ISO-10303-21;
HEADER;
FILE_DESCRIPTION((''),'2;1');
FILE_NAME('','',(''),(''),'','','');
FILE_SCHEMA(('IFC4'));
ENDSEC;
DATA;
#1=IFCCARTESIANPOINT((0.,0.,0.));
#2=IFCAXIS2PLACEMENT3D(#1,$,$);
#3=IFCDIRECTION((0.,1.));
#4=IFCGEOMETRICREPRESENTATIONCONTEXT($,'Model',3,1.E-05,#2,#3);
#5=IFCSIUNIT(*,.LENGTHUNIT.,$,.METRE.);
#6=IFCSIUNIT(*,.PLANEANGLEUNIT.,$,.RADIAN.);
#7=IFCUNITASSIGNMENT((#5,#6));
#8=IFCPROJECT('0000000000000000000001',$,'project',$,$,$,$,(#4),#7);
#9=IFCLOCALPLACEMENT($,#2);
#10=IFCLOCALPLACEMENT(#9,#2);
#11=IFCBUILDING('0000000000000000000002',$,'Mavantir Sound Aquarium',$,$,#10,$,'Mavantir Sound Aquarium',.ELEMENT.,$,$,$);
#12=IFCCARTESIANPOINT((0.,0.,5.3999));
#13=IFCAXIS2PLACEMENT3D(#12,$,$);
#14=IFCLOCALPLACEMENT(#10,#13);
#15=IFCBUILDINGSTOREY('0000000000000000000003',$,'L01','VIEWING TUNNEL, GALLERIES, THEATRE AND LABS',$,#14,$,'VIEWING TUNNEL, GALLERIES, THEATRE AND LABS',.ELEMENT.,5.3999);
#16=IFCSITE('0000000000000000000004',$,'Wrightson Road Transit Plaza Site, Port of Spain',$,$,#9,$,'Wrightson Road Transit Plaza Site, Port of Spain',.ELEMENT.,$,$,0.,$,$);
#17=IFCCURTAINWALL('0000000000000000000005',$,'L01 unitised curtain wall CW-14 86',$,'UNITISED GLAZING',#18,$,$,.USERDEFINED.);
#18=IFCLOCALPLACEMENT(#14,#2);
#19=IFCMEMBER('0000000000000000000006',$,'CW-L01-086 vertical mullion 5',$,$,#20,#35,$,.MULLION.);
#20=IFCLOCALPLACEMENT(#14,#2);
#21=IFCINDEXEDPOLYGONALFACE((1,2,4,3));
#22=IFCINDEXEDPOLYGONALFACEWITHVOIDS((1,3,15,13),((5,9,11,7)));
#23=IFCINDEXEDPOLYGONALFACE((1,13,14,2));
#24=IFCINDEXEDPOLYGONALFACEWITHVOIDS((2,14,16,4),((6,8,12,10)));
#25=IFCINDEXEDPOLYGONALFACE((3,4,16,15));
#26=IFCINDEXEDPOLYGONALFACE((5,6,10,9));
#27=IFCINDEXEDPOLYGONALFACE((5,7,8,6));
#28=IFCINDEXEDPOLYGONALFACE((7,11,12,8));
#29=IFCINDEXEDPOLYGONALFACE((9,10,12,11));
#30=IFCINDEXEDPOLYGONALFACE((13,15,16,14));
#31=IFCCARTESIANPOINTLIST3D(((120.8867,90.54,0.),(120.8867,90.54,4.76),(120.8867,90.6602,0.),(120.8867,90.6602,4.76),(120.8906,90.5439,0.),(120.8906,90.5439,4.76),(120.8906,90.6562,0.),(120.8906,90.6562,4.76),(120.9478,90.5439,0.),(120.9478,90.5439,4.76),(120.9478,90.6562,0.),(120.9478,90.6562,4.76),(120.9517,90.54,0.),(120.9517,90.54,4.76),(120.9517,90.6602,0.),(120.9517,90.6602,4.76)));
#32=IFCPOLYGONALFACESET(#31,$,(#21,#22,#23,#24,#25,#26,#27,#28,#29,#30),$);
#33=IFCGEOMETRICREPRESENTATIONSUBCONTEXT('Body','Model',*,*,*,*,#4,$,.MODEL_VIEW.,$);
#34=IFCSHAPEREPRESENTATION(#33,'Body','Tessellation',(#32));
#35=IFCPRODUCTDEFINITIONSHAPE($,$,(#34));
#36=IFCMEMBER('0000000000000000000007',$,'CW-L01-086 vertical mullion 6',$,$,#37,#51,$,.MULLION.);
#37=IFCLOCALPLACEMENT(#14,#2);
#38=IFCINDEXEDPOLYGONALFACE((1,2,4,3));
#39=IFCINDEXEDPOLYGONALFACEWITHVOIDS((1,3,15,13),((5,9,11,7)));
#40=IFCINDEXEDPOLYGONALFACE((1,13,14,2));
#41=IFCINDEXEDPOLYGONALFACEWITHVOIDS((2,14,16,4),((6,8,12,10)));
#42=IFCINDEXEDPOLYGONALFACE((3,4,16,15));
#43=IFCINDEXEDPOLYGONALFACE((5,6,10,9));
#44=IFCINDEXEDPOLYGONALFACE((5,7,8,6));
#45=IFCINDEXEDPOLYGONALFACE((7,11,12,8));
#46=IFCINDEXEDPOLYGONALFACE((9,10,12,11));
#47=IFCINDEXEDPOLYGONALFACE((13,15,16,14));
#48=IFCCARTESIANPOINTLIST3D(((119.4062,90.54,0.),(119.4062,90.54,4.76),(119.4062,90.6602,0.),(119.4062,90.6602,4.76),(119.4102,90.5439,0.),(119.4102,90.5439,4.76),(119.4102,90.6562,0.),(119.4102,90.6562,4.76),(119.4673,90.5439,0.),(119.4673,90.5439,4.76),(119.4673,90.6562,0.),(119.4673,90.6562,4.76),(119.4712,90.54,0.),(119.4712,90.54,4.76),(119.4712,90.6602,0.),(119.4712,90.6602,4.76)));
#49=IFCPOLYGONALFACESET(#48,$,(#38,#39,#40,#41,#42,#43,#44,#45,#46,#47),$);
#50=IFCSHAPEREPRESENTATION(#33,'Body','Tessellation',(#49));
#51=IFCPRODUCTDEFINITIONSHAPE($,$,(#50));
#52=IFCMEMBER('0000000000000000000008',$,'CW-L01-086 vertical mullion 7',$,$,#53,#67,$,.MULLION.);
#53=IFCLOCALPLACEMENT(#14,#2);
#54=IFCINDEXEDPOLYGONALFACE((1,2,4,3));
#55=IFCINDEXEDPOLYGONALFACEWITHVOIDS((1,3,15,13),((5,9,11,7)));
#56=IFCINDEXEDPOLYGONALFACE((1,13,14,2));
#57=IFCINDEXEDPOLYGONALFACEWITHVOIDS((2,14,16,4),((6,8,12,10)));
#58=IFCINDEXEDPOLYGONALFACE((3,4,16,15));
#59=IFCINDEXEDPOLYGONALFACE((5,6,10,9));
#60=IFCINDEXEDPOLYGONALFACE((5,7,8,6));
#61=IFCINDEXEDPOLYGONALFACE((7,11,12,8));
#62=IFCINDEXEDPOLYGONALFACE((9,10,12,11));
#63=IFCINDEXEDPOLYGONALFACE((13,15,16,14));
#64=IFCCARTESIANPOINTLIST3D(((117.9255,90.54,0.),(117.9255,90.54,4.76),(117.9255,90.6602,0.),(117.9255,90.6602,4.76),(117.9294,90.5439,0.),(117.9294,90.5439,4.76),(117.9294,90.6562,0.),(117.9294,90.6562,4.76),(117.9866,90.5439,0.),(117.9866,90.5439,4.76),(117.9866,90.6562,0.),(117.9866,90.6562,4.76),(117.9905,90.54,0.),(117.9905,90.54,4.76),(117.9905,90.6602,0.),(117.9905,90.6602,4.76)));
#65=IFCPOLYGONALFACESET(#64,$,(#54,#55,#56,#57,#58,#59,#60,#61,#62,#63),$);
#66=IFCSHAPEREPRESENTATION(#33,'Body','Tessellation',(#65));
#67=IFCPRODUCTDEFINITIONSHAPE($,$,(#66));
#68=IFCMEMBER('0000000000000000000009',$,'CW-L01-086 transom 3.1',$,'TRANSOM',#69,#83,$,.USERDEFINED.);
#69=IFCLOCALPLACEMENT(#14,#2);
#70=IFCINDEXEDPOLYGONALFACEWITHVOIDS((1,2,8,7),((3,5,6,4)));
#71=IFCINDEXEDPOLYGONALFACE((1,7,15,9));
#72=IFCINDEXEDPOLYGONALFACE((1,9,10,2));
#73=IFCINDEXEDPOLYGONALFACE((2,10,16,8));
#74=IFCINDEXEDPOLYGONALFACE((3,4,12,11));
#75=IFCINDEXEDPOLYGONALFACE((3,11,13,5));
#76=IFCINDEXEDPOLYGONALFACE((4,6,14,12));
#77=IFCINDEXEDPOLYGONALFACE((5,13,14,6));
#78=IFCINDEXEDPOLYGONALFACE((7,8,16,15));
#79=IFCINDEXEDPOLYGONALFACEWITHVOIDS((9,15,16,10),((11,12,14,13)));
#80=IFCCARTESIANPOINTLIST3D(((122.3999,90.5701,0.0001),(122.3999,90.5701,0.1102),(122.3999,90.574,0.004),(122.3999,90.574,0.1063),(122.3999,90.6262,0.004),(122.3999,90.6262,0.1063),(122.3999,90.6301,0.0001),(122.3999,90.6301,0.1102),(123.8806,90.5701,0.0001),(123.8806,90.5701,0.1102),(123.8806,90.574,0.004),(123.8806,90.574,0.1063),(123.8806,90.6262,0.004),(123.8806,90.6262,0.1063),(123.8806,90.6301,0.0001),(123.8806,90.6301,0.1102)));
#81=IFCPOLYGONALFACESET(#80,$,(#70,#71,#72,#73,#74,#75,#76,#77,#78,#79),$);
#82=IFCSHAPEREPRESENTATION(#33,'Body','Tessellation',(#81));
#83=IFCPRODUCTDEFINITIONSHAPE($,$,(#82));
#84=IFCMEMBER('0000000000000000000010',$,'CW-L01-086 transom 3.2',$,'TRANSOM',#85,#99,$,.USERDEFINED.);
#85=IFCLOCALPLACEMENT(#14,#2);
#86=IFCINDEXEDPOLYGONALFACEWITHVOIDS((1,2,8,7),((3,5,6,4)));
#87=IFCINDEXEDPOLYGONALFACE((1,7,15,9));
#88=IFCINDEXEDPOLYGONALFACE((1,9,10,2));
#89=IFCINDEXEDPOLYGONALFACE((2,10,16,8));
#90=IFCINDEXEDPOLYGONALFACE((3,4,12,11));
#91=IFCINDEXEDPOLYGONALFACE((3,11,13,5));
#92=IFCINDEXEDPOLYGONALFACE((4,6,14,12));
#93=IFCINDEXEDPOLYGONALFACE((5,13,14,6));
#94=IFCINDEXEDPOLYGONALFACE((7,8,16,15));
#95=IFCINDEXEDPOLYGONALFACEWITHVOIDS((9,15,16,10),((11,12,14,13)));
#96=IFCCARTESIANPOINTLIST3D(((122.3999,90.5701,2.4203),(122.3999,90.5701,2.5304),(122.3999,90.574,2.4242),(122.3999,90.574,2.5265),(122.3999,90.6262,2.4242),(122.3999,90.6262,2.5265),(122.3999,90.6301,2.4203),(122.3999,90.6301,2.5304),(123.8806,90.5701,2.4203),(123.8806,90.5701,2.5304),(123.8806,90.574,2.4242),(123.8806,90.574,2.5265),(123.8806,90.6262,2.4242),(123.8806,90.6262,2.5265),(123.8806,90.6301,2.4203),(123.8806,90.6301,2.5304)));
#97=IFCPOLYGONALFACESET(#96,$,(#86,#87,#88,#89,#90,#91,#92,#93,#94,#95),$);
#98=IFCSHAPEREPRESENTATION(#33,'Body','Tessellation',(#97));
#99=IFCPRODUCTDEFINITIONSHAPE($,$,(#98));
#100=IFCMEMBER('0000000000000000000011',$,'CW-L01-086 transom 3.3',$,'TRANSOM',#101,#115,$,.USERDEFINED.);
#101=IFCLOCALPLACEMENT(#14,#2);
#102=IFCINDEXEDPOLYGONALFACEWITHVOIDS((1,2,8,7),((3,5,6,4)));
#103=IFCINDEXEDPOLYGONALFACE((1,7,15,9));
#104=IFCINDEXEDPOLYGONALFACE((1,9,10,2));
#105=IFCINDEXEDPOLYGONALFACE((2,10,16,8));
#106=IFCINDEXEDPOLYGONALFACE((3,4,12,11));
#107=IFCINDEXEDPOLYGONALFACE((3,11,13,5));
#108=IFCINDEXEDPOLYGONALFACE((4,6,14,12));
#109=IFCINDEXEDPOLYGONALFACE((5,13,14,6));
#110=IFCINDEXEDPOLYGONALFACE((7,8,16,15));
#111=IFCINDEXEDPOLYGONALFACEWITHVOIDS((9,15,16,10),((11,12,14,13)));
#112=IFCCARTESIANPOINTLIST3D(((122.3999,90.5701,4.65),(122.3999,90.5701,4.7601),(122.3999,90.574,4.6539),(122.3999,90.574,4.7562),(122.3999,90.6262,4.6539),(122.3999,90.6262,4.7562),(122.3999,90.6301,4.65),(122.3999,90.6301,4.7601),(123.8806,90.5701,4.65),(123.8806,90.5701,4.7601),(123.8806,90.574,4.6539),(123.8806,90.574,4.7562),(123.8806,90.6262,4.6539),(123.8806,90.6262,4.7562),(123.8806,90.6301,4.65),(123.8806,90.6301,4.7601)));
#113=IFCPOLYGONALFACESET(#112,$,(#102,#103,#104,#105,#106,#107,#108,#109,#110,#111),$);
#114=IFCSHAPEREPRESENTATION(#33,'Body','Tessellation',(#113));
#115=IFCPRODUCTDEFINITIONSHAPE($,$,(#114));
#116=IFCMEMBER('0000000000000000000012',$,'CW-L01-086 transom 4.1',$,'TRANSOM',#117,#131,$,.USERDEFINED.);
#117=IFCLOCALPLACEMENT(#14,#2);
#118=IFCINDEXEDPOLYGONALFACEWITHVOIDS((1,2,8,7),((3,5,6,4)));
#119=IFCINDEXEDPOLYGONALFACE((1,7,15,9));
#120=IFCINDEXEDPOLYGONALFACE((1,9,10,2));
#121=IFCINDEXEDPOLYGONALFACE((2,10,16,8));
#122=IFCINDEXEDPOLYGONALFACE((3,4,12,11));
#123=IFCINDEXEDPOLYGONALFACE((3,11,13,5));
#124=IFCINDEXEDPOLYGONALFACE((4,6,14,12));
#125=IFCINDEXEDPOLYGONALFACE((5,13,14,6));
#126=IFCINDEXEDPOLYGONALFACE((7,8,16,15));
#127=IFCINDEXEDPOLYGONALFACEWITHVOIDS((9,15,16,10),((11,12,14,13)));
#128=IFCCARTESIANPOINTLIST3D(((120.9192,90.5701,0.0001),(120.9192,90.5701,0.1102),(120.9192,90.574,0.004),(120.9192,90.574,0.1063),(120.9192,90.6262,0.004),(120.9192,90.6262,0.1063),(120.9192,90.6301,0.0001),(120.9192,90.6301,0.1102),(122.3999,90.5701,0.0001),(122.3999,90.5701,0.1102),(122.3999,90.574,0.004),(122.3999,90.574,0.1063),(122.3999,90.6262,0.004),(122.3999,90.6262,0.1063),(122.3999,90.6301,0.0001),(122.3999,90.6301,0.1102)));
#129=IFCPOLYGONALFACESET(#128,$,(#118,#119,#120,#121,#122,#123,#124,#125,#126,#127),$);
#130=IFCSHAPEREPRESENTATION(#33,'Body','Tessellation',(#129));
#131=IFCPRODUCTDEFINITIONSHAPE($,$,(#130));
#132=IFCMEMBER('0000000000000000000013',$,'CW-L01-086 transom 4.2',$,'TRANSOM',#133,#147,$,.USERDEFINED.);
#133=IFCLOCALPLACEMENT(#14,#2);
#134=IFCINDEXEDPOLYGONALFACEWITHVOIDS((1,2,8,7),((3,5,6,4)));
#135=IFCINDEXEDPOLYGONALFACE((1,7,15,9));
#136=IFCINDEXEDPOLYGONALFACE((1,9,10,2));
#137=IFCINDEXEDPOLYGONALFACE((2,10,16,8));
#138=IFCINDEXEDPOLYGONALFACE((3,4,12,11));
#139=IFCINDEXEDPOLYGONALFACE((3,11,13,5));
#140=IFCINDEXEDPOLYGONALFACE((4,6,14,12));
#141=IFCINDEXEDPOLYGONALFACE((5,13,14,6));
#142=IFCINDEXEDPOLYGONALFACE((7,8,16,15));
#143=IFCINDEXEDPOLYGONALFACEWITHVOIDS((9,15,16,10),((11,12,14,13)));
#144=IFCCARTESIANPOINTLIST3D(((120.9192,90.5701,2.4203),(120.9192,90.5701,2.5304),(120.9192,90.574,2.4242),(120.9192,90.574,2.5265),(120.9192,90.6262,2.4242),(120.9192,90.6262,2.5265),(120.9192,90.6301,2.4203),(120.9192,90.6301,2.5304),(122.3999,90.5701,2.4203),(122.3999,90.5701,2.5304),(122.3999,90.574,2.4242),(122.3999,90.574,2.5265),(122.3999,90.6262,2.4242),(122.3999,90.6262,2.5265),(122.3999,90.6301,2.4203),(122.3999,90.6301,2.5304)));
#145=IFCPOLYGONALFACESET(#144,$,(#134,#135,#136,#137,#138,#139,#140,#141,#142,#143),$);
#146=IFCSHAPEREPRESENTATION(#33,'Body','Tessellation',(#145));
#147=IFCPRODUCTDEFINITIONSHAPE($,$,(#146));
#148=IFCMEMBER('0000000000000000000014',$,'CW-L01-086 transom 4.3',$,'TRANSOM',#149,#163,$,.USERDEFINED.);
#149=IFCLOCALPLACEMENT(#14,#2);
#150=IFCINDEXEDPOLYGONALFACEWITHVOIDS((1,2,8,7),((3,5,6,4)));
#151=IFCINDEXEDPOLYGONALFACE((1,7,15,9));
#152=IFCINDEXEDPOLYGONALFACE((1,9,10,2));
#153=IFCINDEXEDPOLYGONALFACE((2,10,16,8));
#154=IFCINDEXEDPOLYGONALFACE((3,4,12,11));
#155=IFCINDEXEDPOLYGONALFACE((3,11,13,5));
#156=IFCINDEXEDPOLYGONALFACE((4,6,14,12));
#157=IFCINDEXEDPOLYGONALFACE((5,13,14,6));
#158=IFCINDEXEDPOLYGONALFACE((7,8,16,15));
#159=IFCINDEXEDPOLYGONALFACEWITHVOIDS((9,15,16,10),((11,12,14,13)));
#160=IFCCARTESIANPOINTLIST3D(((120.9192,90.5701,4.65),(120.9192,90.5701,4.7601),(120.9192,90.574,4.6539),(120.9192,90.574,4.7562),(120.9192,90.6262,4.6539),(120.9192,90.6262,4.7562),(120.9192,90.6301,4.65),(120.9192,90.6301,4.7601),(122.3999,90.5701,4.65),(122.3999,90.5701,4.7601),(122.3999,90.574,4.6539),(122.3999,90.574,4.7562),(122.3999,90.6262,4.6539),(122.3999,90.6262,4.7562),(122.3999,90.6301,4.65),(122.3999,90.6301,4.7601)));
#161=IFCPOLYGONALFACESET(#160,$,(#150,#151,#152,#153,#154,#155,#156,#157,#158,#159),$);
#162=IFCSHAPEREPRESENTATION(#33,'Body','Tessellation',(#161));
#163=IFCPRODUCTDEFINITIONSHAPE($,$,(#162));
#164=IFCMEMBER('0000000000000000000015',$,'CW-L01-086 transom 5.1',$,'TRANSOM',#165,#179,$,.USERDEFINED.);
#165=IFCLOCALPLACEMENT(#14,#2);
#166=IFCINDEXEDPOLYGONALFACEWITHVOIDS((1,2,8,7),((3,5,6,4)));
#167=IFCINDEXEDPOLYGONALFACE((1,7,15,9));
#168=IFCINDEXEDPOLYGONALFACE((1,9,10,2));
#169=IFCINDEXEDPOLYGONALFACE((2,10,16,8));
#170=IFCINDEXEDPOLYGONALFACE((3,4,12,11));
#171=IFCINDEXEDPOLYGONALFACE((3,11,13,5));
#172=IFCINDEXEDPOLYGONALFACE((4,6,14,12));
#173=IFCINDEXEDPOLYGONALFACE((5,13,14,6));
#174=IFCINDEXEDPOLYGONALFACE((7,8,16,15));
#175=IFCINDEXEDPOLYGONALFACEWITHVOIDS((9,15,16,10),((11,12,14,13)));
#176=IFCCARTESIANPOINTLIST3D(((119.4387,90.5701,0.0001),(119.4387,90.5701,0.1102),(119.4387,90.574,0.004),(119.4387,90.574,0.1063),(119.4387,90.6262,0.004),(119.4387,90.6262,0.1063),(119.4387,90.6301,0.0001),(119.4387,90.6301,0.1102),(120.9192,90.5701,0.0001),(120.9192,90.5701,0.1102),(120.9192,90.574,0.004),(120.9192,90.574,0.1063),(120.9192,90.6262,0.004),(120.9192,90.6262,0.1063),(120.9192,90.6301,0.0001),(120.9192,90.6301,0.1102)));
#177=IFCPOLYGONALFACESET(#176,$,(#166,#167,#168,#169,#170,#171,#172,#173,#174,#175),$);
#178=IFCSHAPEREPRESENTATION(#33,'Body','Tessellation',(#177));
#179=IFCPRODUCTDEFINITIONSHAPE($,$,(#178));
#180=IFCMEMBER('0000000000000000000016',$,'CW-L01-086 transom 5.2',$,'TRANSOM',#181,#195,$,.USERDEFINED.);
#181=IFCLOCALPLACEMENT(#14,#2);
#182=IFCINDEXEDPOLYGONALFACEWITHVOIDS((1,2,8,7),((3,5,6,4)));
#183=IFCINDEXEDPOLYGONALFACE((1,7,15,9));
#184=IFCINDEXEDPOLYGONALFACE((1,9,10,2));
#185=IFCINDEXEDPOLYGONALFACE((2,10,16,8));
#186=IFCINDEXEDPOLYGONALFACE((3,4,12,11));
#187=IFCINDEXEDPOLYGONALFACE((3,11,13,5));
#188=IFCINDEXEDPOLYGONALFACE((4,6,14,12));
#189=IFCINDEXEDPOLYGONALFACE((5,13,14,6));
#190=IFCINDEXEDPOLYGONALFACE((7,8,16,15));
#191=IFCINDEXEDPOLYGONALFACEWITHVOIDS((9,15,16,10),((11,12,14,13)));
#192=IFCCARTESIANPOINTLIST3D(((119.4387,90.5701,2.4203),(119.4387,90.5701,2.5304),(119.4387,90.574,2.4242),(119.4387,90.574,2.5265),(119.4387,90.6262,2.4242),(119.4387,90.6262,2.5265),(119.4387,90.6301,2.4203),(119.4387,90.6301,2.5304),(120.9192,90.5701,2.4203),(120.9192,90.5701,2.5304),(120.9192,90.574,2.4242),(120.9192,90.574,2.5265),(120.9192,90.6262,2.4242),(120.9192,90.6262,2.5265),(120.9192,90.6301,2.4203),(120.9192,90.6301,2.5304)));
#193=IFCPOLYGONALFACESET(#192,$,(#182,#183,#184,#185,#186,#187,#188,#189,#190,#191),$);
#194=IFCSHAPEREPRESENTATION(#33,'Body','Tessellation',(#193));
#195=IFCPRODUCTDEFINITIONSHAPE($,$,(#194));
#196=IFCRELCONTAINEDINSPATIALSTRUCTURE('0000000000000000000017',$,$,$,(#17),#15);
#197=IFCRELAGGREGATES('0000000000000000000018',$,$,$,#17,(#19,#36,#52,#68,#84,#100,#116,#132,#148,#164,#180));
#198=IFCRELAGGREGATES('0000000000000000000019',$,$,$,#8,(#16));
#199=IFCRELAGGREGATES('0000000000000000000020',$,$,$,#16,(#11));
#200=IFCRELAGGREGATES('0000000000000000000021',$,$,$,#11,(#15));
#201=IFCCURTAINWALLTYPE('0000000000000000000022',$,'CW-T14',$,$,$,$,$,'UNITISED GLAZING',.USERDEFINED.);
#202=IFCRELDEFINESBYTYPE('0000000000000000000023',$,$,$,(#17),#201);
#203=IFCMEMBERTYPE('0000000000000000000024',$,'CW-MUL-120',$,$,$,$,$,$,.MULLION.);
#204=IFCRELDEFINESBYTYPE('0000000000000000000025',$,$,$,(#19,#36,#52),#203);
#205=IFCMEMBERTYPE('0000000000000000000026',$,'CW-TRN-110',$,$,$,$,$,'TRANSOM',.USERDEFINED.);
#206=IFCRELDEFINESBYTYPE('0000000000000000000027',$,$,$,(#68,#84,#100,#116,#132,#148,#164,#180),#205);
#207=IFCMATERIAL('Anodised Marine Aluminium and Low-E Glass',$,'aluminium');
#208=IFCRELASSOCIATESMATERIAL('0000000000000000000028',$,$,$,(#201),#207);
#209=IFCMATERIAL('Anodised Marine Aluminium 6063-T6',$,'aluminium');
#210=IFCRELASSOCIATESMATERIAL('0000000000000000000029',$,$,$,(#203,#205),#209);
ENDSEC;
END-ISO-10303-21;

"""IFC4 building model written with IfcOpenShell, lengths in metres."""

from ifc_helpers import new_model, si_unit, direction, frame, origin, origin_2d, place, context, subcontext, project, spatial, hollow_rectangle, extrude, material, material_profile, profile_set, type_object, element, aggregate, save


model = new_model("IFC4")

# Units and contexts
model_context = context("Model", 3, precision=1e-05, world=origin(), true_north=direction((0.0, 1.0)))
body_context = subcontext(model_context, "Body", "Model", "MODEL_VIEW")
ifc_project = project(units=[si_unit("LENGTHUNIT", "METRE"), si_unit("PLANEANGLEUNIT", "RADIAN")], contexts=[model_context])

# Site, building, storey
site_placement = place(None, origin())
site = spatial("IfcSite", under=ifc_project, at=site_placement, Name="Wrightson Road Transit Plaza Site, Port of Spain", LongName="Wrightson Road Transit Plaza Site, Port of Spain", CompositionType="ELEMENT", RefElevation=0.0)
building_placement = place(site_placement, origin())
building = spatial("IfcBuilding", under=site, at=building_placement, Name="Mavantir Sound Aquarium", LongName="Mavantir Sound Aquarium", CompositionType="ELEMENT")
storey_placement = place(building_placement, frame((0.0, 0.0, 5.3999)))
storey = spatial("IfcBuildingStorey", under=building, at=storey_placement, Name="L01", Description="VIEWING TUNNEL, GALLERIES, THEATRE AND LABS", LongName="VIEWING TUNNEL, GALLERIES, THEATRE AND LABS", CompositionType="ELEMENT", Elevation=5.3999)

# Curtain wall, members
ifc_material_1 = material(Name="Anodised Marine Aluminium and Low-E Glass", Category="aluminium")
curtain_wall_type = type_object("IfcCurtainWallType", Name="CW-T14", ElementType="UNITISED GLAZING", PredefinedType="USERDEFINED", material=ifc_material_1)
curtain_wall_placement = place(storey_placement, origin())
curtain_wall = element("IfcCurtainWall", 1, at=curtain_wall_placement, inside=storey, type_object=curtain_wall_type, Name="L01 unitised curtain wall CW-14 86", ObjectType="UNITISED GLAZING", PredefinedType="USERDEFINED")
ifc_material_2 = material(Name="Anodised Marine Aluminium 6063-T6", Category="aluminium")
ifc_material_profile_1 = material_profile(ifc_material_2, hollow_rectangle(XDim=0.0649, YDim=0.1201, WallThickness=0.0039, at=origin_2d()), Name="ALU-MULLION-120X65")
ifc_profile_set_1 = profile_set([ifc_material_profile_1], Name="Anodised Marine Aluminium 6063-T6")
member_type_1 = type_object("IfcMemberType", Name="CW-MUL-120", PredefinedType="MULLION", material=ifc_profile_set_1)
member_1_placement = place(storey_placement, frame((120.9192, 90.6001, 0.0), z_axis=(0.0, 0.0, 1.0), x_axis=(1.0, 0.0, 0.0)))
member_1 = element("IfcMember", 2, at=member_1_placement, type_object=member_type_1, Name="CW-L01-086 vertical mullion 5", PredefinedType="MULLION", context=body_context, shape_type="SweptSolid", body=[
    extrude(hollow_rectangle(XDim=0.0649, YDim=0.1201, WallThickness=0.0039, at=origin_2d()), origin(), (0.0, 0.0, 1.0), 4.76),
])
member_2_placement = place(storey_placement, frame((119.4387, 90.6001, 0.0), z_axis=(0.0, 0.0, 1.0), x_axis=(1.0, 0.0, 0.0)))
member_2 = element("IfcMember", 3, at=member_2_placement, type_object=member_type_1, Name="CW-L01-086 vertical mullion 6", PredefinedType="MULLION", context=body_context, shape_type="SweptSolid", body=[
    extrude(hollow_rectangle(XDim=0.0649, YDim=0.1201, WallThickness=0.0039, at=origin_2d()), origin(), (0.0, 0.0, 1.0), 4.76),
])
member_3_placement = place(storey_placement, frame((117.958, 90.6001, 0.0), z_axis=(0.0, 0.0, 1.0), x_axis=(1.0, 0.0, 0.0)))
member_3 = element("IfcMember", 4, at=member_3_placement, type_object=member_type_1, Name="CW-L01-086 vertical mullion 7", PredefinedType="MULLION", context=body_context, shape_type="SweptSolid", body=[
    extrude(hollow_rectangle(XDim=0.0649, YDim=0.1201, WallThickness=0.0039, at=origin_2d()), origin(), (0.0, 0.0, 1.0), 4.76),
])
ifc_material_profile_2 = material_profile(ifc_material_2, hollow_rectangle(XDim=0.0601, YDim=0.1101, WallThickness=0.0039, at=origin_2d()), Name="ALU-TRANSOM-110X60")
ifc_profile_set_2 = profile_set([ifc_material_profile_2], Name="Anodised Marine Aluminium 6063-T6")
member_type_2 = type_object("IfcMemberType", Name="CW-TRN-110", ElementType="TRANSOM", PredefinedType="USERDEFINED", material=ifc_profile_set_2)
member_4_placement = place(storey_placement, frame((123.8806, 90.6001, 0.0552), z_axis=(-1.0, 0.0, 0.0), x_axis=(0.0, -1.0, 0.0)))
member_4 = element("IfcMember", 5, at=member_4_placement, type_object=member_type_2, Name="CW-L01-086 transom 3.1", ObjectType="TRANSOM", PredefinedType="USERDEFINED", context=body_context, shape_type="SweptSolid", body=[
    extrude(hollow_rectangle(XDim=0.0601, YDim=0.1101, WallThickness=0.0039, at=origin_2d()), origin(), (0.0, 0.0, 1.0), 1.4807),
])
member_5_placement = place(storey_placement, frame((123.8806, 90.6001, 2.4753), z_axis=(-1.0, 0.0, 0.0), x_axis=(0.0, -1.0, 0.0)))
member_5 = element("IfcMember", 6, at=member_5_placement, type_object=member_type_2, Name="CW-L01-086 transom 3.2", ObjectType="TRANSOM", PredefinedType="USERDEFINED", context=body_context, shape_type="SweptSolid", body=[
    extrude(hollow_rectangle(XDim=0.0601, YDim=0.1101, WallThickness=0.0039, at=origin_2d()), origin(), (0.0, 0.0, 1.0), 1.4807),
])
member_6_placement = place(storey_placement, frame((123.8806, 90.6001, 4.7051), z_axis=(-1.0, 0.0, 0.0), x_axis=(0.0, -1.0, 0.0)))
member_6 = element("IfcMember", 7, at=member_6_placement, type_object=member_type_2, Name="CW-L01-086 transom 3.3", ObjectType="TRANSOM", PredefinedType="USERDEFINED", context=body_context, shape_type="SweptSolid", body=[
    extrude(hollow_rectangle(XDim=0.0601, YDim=0.1101, WallThickness=0.0039, at=origin_2d()), origin(), (0.0, 0.0, 1.0), 1.4807),
])
member_7_placement = place(storey_placement, frame((122.3999, 90.6001, 0.0552), z_axis=(-1.0, 0.0, 0.0), x_axis=(0.0, -1.0, 0.0)))
member_7 = element("IfcMember", 8, at=member_7_placement, type_object=member_type_2, Name="CW-L01-086 transom 4.1", ObjectType="TRANSOM", PredefinedType="USERDEFINED", context=body_context, shape_type="SweptSolid", body=[
    extrude(hollow_rectangle(XDim=0.0601, YDim=0.1101, WallThickness=0.0039, at=origin_2d()), origin(), (0.0, 0.0, 1.0), 1.4807),
])
member_8_placement = place(storey_placement, frame((122.3999, 90.6001, 2.4753), z_axis=(-1.0, 0.0, 0.0), x_axis=(0.0, -1.0, 0.0)))
member_8 = element("IfcMember", 9, at=member_8_placement, type_object=member_type_2, Name="CW-L01-086 transom 4.2", ObjectType="TRANSOM", PredefinedType="USERDEFINED", context=body_context, shape_type="SweptSolid", body=[
    extrude(hollow_rectangle(XDim=0.0601, YDim=0.1101, WallThickness=0.0039, at=origin_2d()), origin(), (0.0, 0.0, 1.0), 1.4807),
])
member_9_placement = place(storey_placement, frame((122.3999, 90.6001, 4.7051), z_axis=(-1.0, 0.0, 0.0), x_axis=(0.0, -1.0, 0.0)))
member_9 = element("IfcMember", 10, at=member_9_placement, type_object=member_type_2, Name="CW-L01-086 transom 4.3", ObjectType="TRANSOM", PredefinedType="USERDEFINED", context=body_context, shape_type="SweptSolid", body=[
    extrude(hollow_rectangle(XDim=0.0601, YDim=0.1101, WallThickness=0.0039, at=origin_2d()), origin(), (0.0, 0.0, 1.0), 1.4807),
])
member_10_placement = place(storey_placement, frame((120.9192, 90.6001, 0.0552), z_axis=(-1.0, 0.0, 0.0), x_axis=(0.0, -1.0, 0.0)))
member_10 = element("IfcMember", 11, at=member_10_placement, type_object=member_type_2, Name="CW-L01-086 transom 5.1", ObjectType="TRANSOM", PredefinedType="USERDEFINED", context=body_context, shape_type="SweptSolid", body=[
    extrude(hollow_rectangle(XDim=0.0601, YDim=0.1101, WallThickness=0.0039, at=origin_2d()), origin(), (0.0, 0.0, 1.0), 1.4805),
])
member_11_placement = place(storey_placement, frame((120.9192, 90.6001, 2.4753), z_axis=(-1.0, 0.0, 0.0), x_axis=(0.0, -1.0, 0.0)))
member_11 = element("IfcMember", 12, at=member_11_placement, type_object=member_type_2, Name="CW-L01-086 transom 5.2", ObjectType="TRANSOM", PredefinedType="USERDEFINED", context=body_context, shape_type="SweptSolid", body=[
    extrude(hollow_rectangle(XDim=0.0601, YDim=0.1101, WallThickness=0.0039, at=origin_2d()), origin(), (0.0, 0.0, 1.0), 1.4805),
])
aggregate(curtain_wall, [member_1, member_2, member_3, member_4, member_5, member_6, member_7, member_8, member_9, member_10, member_11])

save(model, "model.ifc")
